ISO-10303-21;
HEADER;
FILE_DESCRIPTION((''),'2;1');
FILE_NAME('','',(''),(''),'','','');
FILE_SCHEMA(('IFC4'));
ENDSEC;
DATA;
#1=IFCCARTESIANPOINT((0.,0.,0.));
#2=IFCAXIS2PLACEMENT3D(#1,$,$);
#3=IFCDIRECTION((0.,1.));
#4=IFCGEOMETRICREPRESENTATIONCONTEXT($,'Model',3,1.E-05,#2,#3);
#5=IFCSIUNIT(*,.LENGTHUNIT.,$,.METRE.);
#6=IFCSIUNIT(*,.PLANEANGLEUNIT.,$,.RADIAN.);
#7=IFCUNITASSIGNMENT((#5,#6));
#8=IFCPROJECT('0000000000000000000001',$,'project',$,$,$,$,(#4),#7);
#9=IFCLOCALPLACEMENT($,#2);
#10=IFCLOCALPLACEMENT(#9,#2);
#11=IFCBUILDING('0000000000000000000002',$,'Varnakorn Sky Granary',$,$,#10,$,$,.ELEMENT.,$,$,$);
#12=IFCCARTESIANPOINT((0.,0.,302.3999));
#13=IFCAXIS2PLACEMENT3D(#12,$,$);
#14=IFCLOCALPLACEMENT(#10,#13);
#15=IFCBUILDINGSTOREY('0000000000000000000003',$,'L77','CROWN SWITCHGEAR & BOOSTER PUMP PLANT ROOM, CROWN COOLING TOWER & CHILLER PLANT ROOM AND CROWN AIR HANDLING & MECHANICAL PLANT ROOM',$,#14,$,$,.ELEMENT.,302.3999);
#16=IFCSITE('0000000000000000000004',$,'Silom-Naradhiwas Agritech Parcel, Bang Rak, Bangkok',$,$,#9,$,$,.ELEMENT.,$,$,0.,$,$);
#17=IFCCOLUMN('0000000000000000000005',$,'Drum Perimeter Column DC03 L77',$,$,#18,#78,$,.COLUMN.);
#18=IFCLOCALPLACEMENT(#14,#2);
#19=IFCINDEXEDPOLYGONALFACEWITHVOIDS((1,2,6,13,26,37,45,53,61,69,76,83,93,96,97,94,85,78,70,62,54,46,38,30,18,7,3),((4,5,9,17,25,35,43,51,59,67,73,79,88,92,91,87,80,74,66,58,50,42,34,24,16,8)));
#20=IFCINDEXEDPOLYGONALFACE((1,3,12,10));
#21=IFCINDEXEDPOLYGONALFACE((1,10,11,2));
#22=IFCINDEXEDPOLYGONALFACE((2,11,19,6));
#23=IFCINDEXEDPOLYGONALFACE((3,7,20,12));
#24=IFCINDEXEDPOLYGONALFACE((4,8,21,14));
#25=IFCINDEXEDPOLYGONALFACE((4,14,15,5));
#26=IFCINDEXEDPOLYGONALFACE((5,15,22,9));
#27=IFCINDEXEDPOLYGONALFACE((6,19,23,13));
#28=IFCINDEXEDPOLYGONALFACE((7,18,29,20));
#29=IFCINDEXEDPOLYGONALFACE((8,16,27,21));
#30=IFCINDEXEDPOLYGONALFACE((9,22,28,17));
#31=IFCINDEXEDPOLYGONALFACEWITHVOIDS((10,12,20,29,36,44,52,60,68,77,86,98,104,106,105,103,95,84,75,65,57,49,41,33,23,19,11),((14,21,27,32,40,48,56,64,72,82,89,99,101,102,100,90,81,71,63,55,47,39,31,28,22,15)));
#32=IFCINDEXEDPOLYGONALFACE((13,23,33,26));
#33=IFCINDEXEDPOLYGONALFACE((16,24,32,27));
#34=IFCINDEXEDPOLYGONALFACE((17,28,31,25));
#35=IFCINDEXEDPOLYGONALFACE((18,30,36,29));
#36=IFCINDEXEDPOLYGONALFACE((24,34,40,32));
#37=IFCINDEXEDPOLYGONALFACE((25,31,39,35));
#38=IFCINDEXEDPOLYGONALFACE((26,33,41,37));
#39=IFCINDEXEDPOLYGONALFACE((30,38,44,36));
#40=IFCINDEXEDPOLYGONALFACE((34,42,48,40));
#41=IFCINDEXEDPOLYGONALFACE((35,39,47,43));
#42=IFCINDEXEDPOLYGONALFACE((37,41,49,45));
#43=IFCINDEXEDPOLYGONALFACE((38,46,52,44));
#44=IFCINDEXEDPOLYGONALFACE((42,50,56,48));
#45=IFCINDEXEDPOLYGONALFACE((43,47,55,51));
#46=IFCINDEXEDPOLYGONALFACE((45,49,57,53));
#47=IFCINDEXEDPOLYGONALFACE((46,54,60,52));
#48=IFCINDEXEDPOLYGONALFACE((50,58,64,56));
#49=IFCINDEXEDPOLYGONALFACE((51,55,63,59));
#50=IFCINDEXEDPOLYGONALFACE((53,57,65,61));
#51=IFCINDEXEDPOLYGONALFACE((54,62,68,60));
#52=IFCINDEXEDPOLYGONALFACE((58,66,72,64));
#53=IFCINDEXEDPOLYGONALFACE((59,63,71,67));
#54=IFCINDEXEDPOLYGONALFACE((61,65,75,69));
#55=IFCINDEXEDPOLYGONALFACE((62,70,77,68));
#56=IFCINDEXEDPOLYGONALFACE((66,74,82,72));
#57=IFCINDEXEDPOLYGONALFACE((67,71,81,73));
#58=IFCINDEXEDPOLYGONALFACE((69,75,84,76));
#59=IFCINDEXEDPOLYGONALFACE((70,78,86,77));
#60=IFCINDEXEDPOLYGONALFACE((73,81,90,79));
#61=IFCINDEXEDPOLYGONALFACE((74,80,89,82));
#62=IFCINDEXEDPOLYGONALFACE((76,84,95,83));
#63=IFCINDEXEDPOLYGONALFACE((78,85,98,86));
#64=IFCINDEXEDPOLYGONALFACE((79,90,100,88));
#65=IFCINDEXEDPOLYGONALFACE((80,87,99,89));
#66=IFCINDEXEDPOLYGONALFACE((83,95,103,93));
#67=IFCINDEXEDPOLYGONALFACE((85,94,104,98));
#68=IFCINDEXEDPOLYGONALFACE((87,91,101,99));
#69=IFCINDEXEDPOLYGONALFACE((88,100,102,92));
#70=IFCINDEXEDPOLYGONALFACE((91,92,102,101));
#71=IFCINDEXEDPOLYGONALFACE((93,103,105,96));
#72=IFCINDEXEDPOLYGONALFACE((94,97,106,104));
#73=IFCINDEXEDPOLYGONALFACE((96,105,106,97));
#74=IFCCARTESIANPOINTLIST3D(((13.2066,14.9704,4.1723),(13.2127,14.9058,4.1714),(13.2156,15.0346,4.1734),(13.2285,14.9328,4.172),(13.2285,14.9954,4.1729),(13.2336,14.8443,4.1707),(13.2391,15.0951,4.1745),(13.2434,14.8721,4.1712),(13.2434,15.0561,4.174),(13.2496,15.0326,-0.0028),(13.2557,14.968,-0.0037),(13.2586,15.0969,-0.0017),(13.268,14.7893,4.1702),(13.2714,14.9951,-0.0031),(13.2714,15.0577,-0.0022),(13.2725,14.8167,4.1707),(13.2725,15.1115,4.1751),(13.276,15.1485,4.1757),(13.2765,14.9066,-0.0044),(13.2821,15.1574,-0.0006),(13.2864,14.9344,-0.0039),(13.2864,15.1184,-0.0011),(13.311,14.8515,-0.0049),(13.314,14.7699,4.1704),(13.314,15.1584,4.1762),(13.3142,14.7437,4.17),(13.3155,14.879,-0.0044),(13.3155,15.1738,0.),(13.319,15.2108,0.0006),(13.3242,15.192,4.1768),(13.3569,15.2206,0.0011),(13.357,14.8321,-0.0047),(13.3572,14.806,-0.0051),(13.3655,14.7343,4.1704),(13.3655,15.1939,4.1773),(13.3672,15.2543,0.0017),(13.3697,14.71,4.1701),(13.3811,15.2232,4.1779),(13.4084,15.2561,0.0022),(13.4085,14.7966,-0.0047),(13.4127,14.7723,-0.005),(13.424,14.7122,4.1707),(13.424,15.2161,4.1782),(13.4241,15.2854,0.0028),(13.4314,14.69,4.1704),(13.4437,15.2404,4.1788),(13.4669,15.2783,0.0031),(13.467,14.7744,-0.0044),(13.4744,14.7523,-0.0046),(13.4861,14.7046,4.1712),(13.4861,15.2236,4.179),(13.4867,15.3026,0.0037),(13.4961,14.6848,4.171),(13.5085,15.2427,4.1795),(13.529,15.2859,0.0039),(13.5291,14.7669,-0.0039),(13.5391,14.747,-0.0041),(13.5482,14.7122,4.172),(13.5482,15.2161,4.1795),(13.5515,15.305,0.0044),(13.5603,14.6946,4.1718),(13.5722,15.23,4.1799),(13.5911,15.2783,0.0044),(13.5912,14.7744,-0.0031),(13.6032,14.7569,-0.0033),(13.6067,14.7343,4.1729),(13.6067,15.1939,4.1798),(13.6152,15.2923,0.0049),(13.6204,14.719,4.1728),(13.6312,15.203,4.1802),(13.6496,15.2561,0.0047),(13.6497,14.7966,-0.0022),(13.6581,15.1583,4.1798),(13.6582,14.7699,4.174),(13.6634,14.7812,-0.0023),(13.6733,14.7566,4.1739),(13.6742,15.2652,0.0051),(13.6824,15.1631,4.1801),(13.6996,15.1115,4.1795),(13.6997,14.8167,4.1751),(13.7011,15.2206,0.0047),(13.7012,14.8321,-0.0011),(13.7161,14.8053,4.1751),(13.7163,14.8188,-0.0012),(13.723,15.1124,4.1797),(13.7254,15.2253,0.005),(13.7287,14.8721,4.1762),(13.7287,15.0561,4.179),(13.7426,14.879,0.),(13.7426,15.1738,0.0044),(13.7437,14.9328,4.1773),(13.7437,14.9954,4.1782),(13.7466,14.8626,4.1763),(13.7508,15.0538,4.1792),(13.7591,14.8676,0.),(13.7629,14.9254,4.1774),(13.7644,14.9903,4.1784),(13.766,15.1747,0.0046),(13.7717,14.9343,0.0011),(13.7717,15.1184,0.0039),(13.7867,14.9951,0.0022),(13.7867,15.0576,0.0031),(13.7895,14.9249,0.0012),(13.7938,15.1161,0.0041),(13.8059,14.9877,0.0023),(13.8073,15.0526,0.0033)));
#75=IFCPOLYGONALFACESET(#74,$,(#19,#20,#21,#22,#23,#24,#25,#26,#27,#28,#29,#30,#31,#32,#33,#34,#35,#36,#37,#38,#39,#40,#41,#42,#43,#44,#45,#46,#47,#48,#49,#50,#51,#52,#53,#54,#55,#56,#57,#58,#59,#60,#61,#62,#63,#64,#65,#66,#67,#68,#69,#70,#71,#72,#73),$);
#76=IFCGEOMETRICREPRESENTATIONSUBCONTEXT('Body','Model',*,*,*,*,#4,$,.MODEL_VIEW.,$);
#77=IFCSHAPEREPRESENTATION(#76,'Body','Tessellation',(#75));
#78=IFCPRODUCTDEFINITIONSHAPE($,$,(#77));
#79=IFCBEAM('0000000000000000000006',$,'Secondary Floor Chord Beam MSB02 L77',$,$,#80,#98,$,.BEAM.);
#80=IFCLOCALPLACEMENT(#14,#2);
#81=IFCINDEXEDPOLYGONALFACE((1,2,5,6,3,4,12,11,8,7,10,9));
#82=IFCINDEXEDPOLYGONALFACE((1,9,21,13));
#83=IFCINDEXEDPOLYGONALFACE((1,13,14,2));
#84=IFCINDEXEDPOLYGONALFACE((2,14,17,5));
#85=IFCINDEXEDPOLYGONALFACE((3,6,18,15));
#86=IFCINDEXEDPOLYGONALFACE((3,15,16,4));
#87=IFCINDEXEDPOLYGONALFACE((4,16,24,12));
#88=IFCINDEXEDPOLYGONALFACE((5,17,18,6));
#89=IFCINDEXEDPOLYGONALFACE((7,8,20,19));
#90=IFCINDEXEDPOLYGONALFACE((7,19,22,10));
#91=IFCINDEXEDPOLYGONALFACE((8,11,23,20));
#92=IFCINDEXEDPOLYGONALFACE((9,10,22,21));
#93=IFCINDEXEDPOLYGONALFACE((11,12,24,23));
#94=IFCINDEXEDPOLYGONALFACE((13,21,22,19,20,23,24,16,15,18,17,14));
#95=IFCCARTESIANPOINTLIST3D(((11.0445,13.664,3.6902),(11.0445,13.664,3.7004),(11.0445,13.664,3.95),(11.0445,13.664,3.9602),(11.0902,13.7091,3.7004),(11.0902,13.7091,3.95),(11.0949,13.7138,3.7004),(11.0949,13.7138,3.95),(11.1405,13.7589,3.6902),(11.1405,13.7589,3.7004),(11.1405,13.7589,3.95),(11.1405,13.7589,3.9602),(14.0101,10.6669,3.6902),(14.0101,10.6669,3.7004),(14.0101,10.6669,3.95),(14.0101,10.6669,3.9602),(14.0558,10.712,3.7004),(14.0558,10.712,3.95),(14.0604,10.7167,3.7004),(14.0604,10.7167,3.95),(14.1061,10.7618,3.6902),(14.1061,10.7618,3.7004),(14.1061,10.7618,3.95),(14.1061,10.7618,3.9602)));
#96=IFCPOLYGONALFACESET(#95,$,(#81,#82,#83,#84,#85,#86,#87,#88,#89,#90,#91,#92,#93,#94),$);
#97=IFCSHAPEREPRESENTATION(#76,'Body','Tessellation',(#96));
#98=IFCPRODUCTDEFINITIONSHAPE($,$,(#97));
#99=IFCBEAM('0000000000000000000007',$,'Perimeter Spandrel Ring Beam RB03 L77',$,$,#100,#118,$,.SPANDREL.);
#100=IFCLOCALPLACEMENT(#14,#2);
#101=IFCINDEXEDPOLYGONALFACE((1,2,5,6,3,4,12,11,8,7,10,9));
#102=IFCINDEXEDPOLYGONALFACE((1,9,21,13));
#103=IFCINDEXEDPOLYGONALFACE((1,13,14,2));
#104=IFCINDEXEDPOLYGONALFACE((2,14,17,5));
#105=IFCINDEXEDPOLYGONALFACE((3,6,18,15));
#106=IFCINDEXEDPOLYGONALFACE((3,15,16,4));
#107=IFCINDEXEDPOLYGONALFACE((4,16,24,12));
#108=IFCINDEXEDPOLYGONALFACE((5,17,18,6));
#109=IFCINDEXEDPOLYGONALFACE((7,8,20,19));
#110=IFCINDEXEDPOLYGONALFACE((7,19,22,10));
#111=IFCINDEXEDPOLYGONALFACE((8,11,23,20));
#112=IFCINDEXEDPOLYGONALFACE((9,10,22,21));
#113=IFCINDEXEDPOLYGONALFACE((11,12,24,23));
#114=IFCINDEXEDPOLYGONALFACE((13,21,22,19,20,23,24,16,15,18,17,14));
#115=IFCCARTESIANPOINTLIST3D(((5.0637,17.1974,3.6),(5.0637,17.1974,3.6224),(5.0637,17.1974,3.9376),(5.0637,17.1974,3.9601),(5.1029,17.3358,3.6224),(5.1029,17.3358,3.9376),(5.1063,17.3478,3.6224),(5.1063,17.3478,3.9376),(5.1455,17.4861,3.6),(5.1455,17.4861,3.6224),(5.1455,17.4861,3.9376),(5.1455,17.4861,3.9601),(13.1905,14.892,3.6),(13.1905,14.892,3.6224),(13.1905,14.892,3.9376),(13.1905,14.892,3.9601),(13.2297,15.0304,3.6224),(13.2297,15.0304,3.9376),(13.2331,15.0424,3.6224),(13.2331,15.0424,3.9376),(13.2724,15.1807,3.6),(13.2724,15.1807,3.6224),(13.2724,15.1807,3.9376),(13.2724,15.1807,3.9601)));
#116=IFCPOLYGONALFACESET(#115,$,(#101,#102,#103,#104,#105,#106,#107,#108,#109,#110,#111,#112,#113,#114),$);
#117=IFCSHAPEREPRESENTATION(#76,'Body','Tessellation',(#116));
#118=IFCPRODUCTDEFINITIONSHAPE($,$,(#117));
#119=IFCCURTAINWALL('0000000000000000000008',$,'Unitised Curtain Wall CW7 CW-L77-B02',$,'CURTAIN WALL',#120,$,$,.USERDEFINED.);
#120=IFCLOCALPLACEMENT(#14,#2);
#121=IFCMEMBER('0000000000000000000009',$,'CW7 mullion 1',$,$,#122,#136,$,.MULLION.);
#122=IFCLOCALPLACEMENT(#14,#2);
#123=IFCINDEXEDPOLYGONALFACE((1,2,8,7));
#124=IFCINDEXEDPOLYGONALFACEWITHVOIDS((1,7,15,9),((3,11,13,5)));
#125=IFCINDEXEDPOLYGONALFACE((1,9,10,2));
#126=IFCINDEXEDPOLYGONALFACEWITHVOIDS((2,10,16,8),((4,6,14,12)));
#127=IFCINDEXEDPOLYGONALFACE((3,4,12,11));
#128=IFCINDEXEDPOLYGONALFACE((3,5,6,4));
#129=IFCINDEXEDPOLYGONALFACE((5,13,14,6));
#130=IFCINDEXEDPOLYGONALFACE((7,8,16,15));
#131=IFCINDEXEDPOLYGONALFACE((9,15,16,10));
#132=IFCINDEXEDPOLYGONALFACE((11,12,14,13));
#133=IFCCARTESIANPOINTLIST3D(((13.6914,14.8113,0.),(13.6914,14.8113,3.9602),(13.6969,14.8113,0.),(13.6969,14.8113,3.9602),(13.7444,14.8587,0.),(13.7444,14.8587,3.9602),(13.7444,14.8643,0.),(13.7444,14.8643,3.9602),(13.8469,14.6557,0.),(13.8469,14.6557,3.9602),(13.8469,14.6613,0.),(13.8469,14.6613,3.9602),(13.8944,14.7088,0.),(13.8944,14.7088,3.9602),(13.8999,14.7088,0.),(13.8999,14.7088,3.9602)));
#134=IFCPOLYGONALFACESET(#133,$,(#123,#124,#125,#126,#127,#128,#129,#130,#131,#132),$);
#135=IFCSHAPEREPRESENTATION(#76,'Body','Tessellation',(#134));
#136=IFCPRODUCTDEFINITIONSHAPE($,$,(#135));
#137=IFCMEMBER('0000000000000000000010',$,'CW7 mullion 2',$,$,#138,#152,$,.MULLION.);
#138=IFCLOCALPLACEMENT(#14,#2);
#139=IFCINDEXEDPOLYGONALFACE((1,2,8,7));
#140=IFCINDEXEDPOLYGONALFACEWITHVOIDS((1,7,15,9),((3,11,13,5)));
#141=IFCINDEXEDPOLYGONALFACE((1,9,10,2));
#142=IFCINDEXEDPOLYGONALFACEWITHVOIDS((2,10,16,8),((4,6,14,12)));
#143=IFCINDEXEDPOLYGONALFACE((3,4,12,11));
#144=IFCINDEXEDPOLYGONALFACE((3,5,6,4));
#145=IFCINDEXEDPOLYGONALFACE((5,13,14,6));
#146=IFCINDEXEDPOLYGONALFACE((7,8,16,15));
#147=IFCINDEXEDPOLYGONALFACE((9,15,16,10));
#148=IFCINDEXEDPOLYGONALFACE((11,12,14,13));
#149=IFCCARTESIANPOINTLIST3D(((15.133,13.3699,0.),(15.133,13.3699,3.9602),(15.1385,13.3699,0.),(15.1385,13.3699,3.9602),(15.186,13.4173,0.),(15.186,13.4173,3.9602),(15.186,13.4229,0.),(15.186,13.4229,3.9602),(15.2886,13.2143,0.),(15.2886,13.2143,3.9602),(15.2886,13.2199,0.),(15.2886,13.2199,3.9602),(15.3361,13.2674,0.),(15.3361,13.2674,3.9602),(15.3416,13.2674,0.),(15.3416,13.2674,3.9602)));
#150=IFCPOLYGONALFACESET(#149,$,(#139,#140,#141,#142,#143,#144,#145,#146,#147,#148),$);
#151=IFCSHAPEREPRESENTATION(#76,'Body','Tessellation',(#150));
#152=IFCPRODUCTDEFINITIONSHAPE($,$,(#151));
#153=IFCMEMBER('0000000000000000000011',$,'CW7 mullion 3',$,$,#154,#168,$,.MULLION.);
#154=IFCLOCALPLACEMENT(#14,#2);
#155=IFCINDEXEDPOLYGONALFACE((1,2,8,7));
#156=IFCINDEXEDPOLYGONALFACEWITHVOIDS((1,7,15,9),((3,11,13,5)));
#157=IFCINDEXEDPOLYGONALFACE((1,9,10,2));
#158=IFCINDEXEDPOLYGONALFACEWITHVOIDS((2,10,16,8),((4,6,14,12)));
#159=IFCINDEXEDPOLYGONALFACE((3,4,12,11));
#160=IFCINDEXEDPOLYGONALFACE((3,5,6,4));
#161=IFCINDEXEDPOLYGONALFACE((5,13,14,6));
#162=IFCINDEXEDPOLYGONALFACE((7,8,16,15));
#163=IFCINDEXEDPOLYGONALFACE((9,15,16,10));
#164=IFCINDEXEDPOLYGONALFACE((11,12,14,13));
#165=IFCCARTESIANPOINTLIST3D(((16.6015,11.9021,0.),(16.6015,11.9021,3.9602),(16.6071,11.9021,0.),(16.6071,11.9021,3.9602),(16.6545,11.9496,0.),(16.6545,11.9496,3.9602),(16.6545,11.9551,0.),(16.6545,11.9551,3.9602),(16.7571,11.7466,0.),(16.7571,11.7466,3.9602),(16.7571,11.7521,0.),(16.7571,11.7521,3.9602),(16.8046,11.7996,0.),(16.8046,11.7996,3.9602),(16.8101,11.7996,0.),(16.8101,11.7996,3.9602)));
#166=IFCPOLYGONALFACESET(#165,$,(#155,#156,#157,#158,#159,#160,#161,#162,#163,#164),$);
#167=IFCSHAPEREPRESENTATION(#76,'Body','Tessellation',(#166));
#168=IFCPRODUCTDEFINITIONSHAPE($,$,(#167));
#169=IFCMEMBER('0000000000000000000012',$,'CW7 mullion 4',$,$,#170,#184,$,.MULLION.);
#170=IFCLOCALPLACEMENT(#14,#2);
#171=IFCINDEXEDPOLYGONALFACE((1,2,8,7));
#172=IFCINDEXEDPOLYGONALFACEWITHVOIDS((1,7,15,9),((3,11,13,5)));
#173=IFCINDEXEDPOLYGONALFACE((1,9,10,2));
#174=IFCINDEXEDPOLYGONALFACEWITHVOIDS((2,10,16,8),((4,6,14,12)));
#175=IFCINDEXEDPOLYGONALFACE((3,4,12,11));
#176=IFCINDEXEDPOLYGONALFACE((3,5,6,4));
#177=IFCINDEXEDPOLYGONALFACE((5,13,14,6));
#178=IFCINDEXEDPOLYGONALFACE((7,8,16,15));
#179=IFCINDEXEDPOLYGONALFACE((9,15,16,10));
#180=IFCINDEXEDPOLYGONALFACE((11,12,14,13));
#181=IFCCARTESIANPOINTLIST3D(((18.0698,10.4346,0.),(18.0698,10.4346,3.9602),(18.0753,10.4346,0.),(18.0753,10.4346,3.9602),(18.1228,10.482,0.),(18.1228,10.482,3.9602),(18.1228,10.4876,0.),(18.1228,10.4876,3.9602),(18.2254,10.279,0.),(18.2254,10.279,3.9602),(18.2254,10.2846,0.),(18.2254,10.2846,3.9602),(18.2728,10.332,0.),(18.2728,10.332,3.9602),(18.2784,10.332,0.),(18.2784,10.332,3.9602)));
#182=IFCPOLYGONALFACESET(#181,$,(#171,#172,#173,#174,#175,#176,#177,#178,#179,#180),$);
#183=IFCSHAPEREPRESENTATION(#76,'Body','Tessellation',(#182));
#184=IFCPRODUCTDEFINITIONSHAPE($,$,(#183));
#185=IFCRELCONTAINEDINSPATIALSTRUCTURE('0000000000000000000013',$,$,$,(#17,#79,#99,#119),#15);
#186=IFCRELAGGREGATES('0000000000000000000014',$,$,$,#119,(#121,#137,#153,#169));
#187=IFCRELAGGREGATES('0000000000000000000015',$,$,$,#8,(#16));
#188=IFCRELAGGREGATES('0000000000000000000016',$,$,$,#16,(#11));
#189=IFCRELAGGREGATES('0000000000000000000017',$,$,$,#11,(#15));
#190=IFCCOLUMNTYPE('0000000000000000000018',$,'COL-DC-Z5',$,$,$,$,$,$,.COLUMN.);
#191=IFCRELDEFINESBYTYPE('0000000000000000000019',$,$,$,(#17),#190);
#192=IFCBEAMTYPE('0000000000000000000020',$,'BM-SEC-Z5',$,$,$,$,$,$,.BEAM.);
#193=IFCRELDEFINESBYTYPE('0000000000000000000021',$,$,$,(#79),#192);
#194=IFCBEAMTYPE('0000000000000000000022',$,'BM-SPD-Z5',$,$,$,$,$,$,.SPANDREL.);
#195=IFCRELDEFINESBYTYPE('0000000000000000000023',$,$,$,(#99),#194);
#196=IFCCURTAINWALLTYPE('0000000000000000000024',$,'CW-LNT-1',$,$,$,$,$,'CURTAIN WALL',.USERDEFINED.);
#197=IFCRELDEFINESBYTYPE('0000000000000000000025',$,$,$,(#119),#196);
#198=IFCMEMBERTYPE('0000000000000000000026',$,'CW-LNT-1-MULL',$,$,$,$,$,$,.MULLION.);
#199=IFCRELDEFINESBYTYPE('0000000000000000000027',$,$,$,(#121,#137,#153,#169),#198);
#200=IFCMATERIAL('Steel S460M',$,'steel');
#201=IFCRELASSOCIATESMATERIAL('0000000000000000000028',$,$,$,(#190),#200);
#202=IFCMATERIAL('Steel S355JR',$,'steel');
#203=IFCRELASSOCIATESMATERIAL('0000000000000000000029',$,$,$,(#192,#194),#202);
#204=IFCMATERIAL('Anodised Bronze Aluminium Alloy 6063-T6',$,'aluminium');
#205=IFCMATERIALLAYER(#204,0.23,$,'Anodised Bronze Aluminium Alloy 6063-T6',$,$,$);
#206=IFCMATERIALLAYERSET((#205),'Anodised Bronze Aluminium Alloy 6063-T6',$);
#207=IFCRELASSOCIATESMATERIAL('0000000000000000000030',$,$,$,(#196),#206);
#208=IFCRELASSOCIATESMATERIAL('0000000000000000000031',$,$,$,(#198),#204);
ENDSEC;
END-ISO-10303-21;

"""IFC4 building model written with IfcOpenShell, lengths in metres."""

from ifc_helpers import new_model, si_unit, direction, frame, origin, origin_2d, place, context, subcontext, project, spatial, hollow_rectangle, hollow_circle, i_section, extrude, material, layer, layer_set, material_profile, profile_set, type_object, element, aggregate, save


model = new_model("IFC4")

# Units and contexts
model_context = context("Model", 3, precision=1e-05, world=origin(), true_north=direction((0.0, 1.0)))
body_context = subcontext(model_context, "Body", "Model", "MODEL_VIEW")
ifc_project = project(units=[si_unit("LENGTHUNIT", "METRE"), si_unit("PLANEANGLEUNIT", "RADIAN")], contexts=[model_context])

# Site, building, storey
site_placement = place(None, origin())
site = spatial("IfcSite", under=ifc_project, at=site_placement, Name="Silom-Naradhiwas Agritech Parcel, Bang Rak, Bangkok", CompositionType="ELEMENT", RefElevation=0.0)
building_placement = place(site_placement, origin())
building = spatial("IfcBuilding", under=site, at=building_placement, Name="Varnakorn Sky Granary", CompositionType="ELEMENT")
storey_placement = place(building_placement, frame((0.0, 0.0, 302.3999)))
storey = spatial("IfcBuildingStorey", under=building, at=storey_placement, Name="L77", Description="CROWN SWITCHGEAR & BOOSTER PUMP PLANT ROOM, CROWN COOLING TOWER & CHILLER PLANT ROOM AND CROWN AIR HANDLING & MECHANICAL PLANT ROOM", CompositionType="ELEMENT", Elevation=302.3999)

# Column
ifc_material_1 = material(Name="Steel S460M", Category="steel")
ifc_material_profile_1 = material_profile(ifc_material_1, hollow_circle(Radius=0.2795, WallThickness=0.02, at=origin_2d()), Name="CHS 559x20")
ifc_profile_set_1 = profile_set([ifc_material_profile_1], Name="Steel S460M")
column_type = type_object("IfcColumnType", Name="COL-DC-Z5", PredefinedType="COLUMN", material=ifc_profile_set_1)
column_placement = place(storey_placement, frame((13.5291, 15.0264, 0.0), z_axis=(-0.01029, -0.014909, 0.999836), x_axis=(0.823005, -0.568035, 0.0)))
element("IfcColumn", 1, at=column_placement, inside=storey, type_object=column_type, Name="Drum Perimeter Column DC03 L77", PredefinedType="COLUMN", context=body_context, shape_type="SweptSolid", body=[
    extrude(hollow_circle(Radius=0.2795, WallThickness=0.02, at=origin_2d()), origin(), (0.0, 0.0, 1.0), 4.1758),
])

# Beams
ifc_material_2 = material(Name="Steel S355JR", Category="steel")
ifc_material_profile_2 = material_profile(ifc_material_2, i_section(OverallWidth=0.135, OverallDepth=0.27, WebThickness=0.0066, FlangeThickness=0.0103, at=origin_2d()), Name="IPE 270")
ifc_profile_set_2 = profile_set([ifc_material_profile_2], Name="Steel S355JR")
beam_type_1 = type_object("IfcBeamType", Name="BM-SEC-Z5", PredefinedType="BEAM", material=ifc_profile_set_2)
beam_1_placement = place(storey_placement, frame((14.0581, 10.7144, 3.8252), z_axis=(-0.703362, 0.710832, 0.0), x_axis=(-0.710832, -0.703362, 0.0)))
element("IfcBeam", 2, at=beam_1_placement, inside=storey, type_object=beam_type_1, Name="Secondary Floor Chord Beam MSB02 L77", PredefinedType="BEAM", context=body_context, shape_type="SweptSolid", body=[
    extrude(i_section(OverallWidth=0.135, OverallDepth=0.27, WebThickness=0.0066, FlangeThickness=0.0103, at=origin_2d()), origin(), (0.0, 0.0, 1.0), 4.2163),
])
ifc_material_profile_3 = material_profile(ifc_material_2, i_section(OverallWidth=0.3, OverallDepth=0.3601, WebThickness=0.0125, FlangeThickness=0.0225, at=origin_2d()), Name="HE 360 B")
ifc_profile_set_3 = profile_set([ifc_material_profile_3], Name="Steel S355JR")
beam_type_2 = type_object("IfcBeamType", Name="BM-SPD-Z5", PredefinedType="SPANDREL", material=ifc_profile_set_3)
beam_2_placement = place(storey_placement, frame((13.2314, 15.0364, 3.78), z_axis=(-0.96204, 0.272908, 0.0), x_axis=(-0.272908, -0.96204, 0.0)))
element("IfcBeam", 3, at=beam_2_placement, inside=storey, type_object=beam_type_2, Name="Perimeter Spandrel Ring Beam RB03 L77", PredefinedType="SPANDREL", context=body_context, shape_type="SweptSolid", body=[
    extrude(i_section(OverallWidth=0.3, OverallDepth=0.3601, WebThickness=0.0125, FlangeThickness=0.0225, at=origin_2d()), origin(), (0.0, 0.0, 1.0), 8.4475),
])

# Curtain wall, members
ifc_material_3 = material(Name="Anodised Bronze Aluminium Alloy 6063-T6", Category="aluminium")
ifc_layer_1 = layer(ifc_material_3, 0.23, Name="Anodised Bronze Aluminium Alloy 6063-T6")
ifc_layer_set_1 = layer_set([ifc_layer_1], Name="Anodised Bronze Aluminium Alloy 6063-T6")
curtain_wall_type = type_object("IfcCurtainWallType", Name="CW-LNT-1", ElementType="CURTAIN WALL", PredefinedType="USERDEFINED", material=ifc_layer_set_1)
curtain_wall_1_placement = place(storey_placement, origin())
curtain_wall_1 = element("IfcCurtainWall", 4, at=curtain_wall_1_placement, inside=storey, type_object=curtain_wall_type, Name="Unitised Curtain Wall CW7 CW-L77-B02", ObjectType="CURTAIN WALL", PredefinedType="USERDEFINED")
ifc_material_profile_4 = material_profile(ifc_material_3, hollow_rectangle(XDim=0.075, YDim=0.22, WallThickness=0.0039, at=origin_2d()), Name="ALU MULL 75x220")
ifc_profile_set_4 = profile_set([ifc_material_profile_4], Name="Anodised Bronze Aluminium Alloy 6063-T6")
member_type_1 = type_object("IfcMemberType", Name="CW-LNT-1-MULL", PredefinedType="MULLION", material=ifc_profile_set_4)
member_1_placement = place(storey_placement, frame((13.7957, 14.76, 0.0), z_axis=(0.0, 0.0, 1.0), x_axis=(0.706962, 0.707251, 0.0)))
member_1 = element("IfcMember", 5, at=member_1_placement, type_object=member_type_1, Name="CW7 mullion 1", PredefinedType="MULLION", context=body_context, shape_type="SweptSolid", body=[
    extrude(hollow_rectangle(XDim=0.075, YDim=0.22, WallThickness=0.0039, at=origin_2d()), origin(), (0.0, 0.0, 1.0), 3.9602),
])
member_2_placement = place(storey_placement, frame((15.2373, 13.3186, 0.0), z_axis=(0.0, 0.0, 1.0), x_axis=(0.706962, 0.707251, 0.0)))
member_2 = element("IfcMember", 6, at=member_2_placement, type_object=member_type_1, Name="CW7 mullion 2", PredefinedType="MULLION", context=body_context, shape_type="SweptSolid", body=[
    extrude(hollow_rectangle(XDim=0.075, YDim=0.22, WallThickness=0.0039, at=origin_2d()), origin(), (0.0, 0.0, 1.0), 3.9602),
])
member_3_placement = place(storey_placement, frame((16.7058, 11.8508, 0.0), z_axis=(0.0, 0.0, 1.0), x_axis=(0.706962, 0.707251, 0.0)))
member_3 = element("IfcMember", 7, at=member_3_placement, type_object=member_type_1, Name="CW7 mullion 3", PredefinedType="MULLION", context=body_context, shape_type="SweptSolid", body=[
    extrude(hollow_rectangle(XDim=0.075, YDim=0.22, WallThickness=0.0039, at=origin_2d()), origin(), (0.0, 0.0, 1.0), 3.9602),
])
member_4_placement = place(storey_placement, frame((18.1741, 10.3833, 0.0), z_axis=(0.0, 0.0, 1.0), x_axis=(0.706962, 0.707251, 0.0)))
member_4 = element("IfcMember", 8, at=member_4_placement, type_object=member_type_1, Name="CW7 mullion 4", PredefinedType="MULLION", context=body_context, shape_type="SweptSolid", body=[
    extrude(hollow_rectangle(XDim=0.075, YDim=0.22, WallThickness=0.0039, at=origin_2d()), origin(), (0.0, 0.0, 1.0), 3.9602),
])

aggregate(curtain_wall_1, [member_1, member_2, member_3, member_4])

save(model, "model.ifc")
